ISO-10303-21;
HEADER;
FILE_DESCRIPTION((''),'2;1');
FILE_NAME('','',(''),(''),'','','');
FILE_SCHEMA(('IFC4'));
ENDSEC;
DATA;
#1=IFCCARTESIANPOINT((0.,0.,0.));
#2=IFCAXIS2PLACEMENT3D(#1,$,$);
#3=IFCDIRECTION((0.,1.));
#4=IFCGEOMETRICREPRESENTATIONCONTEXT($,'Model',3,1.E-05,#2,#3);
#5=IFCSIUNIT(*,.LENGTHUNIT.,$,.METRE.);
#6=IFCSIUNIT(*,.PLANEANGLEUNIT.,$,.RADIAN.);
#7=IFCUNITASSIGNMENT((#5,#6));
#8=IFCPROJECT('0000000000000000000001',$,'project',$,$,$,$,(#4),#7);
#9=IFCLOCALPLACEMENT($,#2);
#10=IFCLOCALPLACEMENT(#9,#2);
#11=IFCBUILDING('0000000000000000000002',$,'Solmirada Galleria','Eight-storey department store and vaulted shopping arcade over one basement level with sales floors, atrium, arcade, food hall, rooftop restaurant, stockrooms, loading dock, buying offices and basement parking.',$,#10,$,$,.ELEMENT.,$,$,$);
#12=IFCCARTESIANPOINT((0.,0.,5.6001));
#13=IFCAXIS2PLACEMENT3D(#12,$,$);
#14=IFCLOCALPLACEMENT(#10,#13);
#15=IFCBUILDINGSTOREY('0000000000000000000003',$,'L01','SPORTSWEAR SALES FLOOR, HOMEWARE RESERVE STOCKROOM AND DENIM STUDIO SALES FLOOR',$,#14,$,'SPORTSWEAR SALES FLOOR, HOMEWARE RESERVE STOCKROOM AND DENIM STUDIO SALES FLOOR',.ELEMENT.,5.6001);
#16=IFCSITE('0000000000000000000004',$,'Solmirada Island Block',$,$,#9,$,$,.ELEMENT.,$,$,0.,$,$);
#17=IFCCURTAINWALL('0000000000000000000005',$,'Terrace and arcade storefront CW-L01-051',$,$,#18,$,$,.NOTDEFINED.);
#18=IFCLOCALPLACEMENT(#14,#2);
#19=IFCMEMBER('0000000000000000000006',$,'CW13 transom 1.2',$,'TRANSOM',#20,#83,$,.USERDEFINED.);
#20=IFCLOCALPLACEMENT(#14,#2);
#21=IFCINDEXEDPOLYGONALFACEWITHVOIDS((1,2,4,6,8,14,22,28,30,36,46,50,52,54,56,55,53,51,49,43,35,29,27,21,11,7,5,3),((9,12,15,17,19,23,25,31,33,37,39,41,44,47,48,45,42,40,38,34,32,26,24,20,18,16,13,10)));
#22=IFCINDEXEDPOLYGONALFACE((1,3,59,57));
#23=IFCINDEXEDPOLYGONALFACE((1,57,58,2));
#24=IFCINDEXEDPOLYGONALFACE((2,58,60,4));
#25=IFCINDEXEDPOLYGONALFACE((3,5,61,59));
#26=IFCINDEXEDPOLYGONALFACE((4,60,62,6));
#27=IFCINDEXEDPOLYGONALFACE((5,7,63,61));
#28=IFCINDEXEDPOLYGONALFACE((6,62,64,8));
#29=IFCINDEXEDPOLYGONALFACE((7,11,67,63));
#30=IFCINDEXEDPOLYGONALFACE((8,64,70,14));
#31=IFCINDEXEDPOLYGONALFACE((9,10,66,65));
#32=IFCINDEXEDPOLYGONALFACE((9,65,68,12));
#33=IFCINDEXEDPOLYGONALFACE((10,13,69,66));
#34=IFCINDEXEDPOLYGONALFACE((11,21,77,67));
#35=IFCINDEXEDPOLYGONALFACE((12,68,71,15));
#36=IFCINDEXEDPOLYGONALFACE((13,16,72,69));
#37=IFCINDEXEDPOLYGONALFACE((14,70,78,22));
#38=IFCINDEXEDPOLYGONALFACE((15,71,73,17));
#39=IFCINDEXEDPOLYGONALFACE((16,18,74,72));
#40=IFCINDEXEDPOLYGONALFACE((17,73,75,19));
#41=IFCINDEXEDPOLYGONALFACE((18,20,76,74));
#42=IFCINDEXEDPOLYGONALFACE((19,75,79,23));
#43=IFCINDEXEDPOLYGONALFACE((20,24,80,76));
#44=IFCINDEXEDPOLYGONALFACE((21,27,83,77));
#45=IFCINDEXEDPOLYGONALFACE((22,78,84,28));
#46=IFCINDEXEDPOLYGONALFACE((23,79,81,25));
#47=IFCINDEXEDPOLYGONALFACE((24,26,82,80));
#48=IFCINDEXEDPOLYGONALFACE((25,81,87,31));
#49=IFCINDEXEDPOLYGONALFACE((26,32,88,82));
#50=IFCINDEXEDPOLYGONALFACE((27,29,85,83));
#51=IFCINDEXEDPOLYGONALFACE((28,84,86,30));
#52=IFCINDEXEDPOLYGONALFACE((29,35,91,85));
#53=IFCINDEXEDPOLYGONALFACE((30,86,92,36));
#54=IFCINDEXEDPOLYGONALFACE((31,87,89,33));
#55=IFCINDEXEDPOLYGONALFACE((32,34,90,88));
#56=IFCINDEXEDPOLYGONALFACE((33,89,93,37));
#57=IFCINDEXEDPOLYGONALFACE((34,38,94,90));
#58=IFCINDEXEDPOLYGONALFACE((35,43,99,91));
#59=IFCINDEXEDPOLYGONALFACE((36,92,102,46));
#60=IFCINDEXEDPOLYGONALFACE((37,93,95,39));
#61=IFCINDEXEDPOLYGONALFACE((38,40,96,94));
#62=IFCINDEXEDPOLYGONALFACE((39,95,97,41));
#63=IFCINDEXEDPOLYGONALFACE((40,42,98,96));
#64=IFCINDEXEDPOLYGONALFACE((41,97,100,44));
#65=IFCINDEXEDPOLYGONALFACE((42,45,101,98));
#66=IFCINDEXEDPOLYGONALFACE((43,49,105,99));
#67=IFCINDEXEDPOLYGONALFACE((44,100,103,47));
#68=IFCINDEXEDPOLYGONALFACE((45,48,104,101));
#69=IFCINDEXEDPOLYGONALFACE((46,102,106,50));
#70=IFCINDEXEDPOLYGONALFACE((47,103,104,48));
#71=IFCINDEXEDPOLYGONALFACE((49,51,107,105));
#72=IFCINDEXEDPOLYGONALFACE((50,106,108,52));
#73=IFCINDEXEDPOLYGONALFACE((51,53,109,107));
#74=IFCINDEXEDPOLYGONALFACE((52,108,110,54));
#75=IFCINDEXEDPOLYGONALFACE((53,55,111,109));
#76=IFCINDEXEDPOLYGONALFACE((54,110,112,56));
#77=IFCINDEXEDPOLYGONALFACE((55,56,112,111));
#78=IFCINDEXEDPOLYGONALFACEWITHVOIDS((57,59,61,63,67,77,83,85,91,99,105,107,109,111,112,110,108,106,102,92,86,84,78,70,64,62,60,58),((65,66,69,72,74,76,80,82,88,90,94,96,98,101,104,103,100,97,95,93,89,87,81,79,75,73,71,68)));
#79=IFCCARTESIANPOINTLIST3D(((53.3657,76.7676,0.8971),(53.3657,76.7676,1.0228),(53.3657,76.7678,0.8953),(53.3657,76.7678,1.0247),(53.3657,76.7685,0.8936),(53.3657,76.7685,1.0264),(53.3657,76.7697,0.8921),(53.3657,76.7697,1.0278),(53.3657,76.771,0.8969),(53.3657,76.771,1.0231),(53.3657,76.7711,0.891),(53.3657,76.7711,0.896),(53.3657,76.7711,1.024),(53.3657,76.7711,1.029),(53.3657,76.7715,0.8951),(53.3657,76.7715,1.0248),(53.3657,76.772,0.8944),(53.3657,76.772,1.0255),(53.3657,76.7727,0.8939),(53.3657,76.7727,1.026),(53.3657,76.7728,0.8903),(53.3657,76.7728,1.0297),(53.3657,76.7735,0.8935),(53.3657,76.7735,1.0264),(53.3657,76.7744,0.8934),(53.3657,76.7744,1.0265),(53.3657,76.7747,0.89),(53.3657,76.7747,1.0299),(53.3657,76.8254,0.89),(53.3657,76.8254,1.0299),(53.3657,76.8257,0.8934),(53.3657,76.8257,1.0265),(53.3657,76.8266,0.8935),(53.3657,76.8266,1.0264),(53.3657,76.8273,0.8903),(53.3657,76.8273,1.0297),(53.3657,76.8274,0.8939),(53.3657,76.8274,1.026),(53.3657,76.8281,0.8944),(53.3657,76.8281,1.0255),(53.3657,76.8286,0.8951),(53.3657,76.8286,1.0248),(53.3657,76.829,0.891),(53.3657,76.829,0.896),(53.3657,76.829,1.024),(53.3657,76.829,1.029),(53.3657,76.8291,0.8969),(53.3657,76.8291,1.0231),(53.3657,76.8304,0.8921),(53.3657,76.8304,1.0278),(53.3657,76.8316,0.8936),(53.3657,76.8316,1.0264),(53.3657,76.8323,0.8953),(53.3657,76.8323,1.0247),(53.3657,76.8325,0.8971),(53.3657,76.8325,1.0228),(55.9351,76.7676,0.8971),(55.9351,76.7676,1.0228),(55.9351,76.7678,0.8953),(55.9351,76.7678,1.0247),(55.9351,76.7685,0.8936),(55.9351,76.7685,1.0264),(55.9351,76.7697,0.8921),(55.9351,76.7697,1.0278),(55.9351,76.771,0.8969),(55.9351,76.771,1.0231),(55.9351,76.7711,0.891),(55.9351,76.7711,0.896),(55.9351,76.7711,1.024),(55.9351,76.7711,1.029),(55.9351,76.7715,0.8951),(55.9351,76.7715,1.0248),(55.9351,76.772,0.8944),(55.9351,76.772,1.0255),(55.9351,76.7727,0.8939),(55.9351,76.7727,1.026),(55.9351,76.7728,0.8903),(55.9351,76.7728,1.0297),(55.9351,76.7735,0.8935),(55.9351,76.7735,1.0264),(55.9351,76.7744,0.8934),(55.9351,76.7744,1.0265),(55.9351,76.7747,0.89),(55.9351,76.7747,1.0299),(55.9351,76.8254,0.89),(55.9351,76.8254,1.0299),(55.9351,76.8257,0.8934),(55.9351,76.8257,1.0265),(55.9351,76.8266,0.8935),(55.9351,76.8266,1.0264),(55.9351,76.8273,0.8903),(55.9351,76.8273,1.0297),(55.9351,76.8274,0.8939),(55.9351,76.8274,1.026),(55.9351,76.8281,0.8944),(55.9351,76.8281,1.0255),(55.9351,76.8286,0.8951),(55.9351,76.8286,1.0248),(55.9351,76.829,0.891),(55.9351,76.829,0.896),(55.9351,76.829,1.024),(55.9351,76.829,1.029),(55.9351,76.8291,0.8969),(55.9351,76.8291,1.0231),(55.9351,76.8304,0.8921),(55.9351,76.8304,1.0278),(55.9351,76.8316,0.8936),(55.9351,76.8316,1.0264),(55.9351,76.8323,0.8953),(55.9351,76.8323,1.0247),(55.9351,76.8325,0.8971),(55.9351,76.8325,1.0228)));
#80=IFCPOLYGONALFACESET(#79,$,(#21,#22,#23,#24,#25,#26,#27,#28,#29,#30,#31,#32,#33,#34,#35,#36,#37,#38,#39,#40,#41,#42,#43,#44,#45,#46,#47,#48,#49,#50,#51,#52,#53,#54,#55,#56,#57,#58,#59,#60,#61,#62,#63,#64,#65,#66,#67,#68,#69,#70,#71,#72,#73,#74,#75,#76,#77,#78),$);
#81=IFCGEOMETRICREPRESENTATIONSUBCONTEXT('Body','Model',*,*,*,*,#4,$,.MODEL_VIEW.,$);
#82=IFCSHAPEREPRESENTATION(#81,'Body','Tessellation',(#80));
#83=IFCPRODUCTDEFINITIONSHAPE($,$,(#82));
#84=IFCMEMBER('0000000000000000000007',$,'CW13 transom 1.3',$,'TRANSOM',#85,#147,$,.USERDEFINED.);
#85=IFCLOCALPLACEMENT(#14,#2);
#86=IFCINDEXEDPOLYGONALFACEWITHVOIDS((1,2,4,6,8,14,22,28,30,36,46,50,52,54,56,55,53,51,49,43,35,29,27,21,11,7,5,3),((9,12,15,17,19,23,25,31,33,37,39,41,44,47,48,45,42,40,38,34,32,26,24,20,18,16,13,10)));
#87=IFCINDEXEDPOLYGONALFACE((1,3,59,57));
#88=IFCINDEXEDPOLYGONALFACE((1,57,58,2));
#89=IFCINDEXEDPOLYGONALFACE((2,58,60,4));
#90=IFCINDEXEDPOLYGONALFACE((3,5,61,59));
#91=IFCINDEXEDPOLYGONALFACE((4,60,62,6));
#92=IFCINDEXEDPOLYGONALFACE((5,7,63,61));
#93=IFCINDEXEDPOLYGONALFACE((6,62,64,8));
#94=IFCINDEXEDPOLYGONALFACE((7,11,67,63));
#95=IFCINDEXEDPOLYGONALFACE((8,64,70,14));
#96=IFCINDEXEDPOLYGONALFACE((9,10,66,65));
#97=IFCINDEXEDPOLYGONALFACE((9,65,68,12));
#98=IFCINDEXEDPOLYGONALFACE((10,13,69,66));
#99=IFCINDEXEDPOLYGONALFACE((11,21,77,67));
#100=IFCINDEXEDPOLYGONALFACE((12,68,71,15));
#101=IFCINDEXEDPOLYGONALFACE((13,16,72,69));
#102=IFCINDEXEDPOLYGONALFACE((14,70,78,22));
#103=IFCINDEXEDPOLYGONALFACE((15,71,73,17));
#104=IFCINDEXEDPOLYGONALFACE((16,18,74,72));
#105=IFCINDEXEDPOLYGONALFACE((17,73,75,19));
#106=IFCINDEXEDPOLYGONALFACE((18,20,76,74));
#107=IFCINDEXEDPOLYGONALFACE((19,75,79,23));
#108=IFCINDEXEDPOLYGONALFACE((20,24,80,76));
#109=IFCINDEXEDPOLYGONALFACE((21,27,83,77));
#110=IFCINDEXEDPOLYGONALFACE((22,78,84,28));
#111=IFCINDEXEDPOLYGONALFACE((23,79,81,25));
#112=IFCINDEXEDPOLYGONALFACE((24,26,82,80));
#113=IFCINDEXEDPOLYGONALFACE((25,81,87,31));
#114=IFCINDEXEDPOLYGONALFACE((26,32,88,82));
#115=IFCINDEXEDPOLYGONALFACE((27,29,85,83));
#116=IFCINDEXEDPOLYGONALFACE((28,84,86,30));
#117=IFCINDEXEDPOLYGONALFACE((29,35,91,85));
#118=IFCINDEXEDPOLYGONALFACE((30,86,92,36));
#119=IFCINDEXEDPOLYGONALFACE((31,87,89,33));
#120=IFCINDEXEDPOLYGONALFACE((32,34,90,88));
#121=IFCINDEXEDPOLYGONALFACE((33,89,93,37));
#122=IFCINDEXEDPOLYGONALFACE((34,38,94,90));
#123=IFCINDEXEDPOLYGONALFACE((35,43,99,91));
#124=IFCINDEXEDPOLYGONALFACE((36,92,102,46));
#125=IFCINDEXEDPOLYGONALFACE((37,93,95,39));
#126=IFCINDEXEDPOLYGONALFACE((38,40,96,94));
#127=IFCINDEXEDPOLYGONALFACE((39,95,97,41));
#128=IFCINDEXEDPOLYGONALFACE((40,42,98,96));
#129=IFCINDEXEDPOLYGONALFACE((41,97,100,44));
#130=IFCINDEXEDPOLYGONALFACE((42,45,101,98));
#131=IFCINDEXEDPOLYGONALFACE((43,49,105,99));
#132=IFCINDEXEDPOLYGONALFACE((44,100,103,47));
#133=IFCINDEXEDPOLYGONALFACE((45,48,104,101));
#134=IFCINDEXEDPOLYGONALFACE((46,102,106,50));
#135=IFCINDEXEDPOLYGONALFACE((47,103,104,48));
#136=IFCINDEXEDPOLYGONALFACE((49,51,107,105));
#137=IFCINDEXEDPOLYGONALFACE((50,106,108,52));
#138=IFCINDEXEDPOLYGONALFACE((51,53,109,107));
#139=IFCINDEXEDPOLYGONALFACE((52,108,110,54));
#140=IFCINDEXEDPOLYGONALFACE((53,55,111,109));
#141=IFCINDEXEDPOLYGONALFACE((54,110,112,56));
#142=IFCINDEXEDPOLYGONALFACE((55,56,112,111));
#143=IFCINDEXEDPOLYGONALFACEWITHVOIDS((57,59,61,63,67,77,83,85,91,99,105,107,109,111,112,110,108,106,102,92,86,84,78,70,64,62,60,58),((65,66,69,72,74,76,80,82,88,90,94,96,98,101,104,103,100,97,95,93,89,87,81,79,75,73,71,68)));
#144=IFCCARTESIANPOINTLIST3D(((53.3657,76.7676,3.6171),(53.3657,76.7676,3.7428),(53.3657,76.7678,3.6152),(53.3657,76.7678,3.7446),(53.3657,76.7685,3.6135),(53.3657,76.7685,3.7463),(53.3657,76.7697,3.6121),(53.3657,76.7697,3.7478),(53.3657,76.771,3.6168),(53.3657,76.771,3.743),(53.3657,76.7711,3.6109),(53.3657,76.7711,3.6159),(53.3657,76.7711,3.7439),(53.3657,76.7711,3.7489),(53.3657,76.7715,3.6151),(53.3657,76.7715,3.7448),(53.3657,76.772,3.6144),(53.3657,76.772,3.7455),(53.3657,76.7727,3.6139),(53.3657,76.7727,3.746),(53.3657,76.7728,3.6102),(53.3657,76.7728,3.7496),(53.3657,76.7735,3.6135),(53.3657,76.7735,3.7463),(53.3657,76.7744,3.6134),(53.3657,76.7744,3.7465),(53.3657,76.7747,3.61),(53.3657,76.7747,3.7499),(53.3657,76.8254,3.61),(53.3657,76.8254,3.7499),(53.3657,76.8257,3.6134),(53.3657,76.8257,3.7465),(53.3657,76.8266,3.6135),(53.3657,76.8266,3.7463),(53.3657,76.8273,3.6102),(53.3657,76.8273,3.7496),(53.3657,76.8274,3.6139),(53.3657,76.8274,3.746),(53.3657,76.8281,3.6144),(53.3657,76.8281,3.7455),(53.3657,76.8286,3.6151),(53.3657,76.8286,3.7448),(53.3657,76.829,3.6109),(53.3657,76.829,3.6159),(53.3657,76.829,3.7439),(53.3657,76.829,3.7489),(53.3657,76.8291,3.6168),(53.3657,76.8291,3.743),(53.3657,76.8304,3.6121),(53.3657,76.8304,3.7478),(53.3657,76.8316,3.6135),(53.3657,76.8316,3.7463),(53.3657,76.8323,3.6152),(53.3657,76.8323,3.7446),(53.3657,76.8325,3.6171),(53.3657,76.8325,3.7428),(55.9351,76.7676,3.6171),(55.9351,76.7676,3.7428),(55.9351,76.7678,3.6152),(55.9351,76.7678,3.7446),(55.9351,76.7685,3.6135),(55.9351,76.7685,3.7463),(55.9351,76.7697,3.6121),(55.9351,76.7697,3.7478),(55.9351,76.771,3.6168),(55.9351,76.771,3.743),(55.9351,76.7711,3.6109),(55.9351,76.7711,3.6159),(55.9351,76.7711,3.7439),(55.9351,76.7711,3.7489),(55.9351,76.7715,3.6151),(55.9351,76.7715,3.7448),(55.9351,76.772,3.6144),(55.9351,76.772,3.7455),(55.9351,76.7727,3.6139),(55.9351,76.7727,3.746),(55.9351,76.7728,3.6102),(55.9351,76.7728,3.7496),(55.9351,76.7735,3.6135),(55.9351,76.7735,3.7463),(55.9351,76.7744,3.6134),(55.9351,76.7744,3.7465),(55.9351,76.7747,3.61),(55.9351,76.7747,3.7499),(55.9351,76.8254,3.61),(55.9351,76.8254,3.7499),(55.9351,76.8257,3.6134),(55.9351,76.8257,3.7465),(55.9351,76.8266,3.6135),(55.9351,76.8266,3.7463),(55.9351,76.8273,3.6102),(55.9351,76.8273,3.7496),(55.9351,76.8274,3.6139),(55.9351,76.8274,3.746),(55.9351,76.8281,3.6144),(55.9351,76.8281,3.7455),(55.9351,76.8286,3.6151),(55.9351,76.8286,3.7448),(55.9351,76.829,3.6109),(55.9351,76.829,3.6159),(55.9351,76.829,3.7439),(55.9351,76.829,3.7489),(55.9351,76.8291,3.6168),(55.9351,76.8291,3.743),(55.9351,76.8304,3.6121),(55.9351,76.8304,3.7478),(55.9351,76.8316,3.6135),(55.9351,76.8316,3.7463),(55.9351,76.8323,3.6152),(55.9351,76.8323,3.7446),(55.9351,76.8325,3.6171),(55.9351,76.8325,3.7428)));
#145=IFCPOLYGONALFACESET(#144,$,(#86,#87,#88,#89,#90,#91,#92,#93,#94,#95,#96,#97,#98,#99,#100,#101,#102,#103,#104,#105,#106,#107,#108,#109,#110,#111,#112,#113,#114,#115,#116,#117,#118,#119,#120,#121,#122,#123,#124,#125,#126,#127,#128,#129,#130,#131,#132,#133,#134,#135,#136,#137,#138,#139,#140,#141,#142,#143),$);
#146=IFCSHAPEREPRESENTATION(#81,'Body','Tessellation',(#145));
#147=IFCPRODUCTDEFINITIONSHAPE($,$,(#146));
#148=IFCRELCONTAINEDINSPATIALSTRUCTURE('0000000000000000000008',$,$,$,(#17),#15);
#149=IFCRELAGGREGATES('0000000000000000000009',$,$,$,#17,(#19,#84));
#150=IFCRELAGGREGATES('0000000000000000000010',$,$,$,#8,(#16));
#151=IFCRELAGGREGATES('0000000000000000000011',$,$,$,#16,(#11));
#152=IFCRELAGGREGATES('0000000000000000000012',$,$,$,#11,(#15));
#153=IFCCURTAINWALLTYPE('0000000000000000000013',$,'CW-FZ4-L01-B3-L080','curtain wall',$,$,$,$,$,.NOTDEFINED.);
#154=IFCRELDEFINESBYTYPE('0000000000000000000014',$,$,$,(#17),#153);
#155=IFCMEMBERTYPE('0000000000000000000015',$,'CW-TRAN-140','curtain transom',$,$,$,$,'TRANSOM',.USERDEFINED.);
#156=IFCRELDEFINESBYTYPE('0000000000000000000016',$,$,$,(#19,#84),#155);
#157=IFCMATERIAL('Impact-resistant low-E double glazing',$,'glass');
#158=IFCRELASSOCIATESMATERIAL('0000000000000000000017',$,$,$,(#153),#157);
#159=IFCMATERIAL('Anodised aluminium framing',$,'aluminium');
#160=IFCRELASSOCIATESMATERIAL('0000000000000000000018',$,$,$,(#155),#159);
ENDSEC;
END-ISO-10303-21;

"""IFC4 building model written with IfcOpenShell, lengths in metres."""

from ifc_helpers import new_model, si_unit, direction, frame, origin, origin_2d, place, context, subcontext, project, spatial, hollow_rectangle, extrude, material, material_profile, profile_set, type_object, element, aggregate, save


model = new_model("IFC4")

# Units and contexts
model_context = context("Model", 3, precision=1e-05, world=origin(), true_north=direction((0.0, 1.0)))
body_context = subcontext(model_context, "Body", "Model", "MODEL_VIEW")
ifc_project = project(units=[si_unit("LENGTHUNIT", "METRE"), si_unit("PLANEANGLEUNIT", "RADIAN")], contexts=[model_context])

# Site, building, storey
site_placement = place(None, origin())
site = spatial("IfcSite", under=ifc_project, at=site_placement, Name="Solmirada Island Block", CompositionType="ELEMENT", RefElevation=0.0)
building_placement = place(site_placement, origin())
building = spatial("IfcBuilding", under=site, at=building_placement, Name="Solmirada Galleria", Description="Eight-storey department store and vaulted shopping arcade over one basement level with sales floors, atrium, arcade, food hall, rooftop restaurant, stockrooms, loading dock, buying offices and basement parking.", CompositionType="ELEMENT")
storey_placement = place(building_placement, frame((0.0, 0.0, 5.6001)))
storey = spatial("IfcBuildingStorey", under=building, at=storey_placement, Name="L01", Description="SPORTSWEAR SALES FLOOR, HOMEWARE RESERVE STOCKROOM AND DENIM STUDIO SALES FLOOR", LongName="SPORTSWEAR SALES FLOOR, HOMEWARE RESERVE STOCKROOM AND DENIM STUDIO SALES FLOOR", CompositionType="ELEMENT", Elevation=5.6001)

# Curtain wall
ifc_material_1 = material(Name="Impact-resistant low-E double glazing", Category="glass")
curtain_wall_type = type_object("IfcCurtainWallType", Name="CW-FZ4-L01-B3-L080", Description="curtain wall", PredefinedType="NOTDEFINED", material=ifc_material_1)
curtain_wall_1_placement = place(storey_placement, origin())
curtain_wall_1 = element("IfcCurtainWall", 1, at=curtain_wall_1_placement, inside=storey, type_object=curtain_wall_type, Name="Terrace and arcade storefront CW-L01-051", PredefinedType="NOTDEFINED")
ifc_material_2 = material(Name="Anodised aluminium framing", Category="aluminium")

# Members
ifc_material_profile_1 = material_profile(ifc_material_2, hollow_rectangle(XDim=0.0649, YDim=0.1399, WallThickness=0.0034, InnerFilletRadius=0.0034, OuterFilletRadius=0.0071, at=origin_2d()), Name="ALU-TRAN-140X65")
ifc_profile_set_1 = profile_set([ifc_material_profile_1], Name="Anodised aluminium framing")
member_type_1 = type_object("IfcMemberType", Name="CW-TRAN-140", Description="curtain transom", ElementType="TRANSOM", PredefinedType="USERDEFINED", material=ifc_profile_set_1)
member_1_placement = place(storey_placement, frame((55.9351, 76.8, 0.96), z_axis=(-1.0, 0.0, 0.0), x_axis=(0.0, -1.0, 0.0)))
member_1 = element("IfcMember", 2, at=member_1_placement, type_object=member_type_1, Name="CW13 transom 1.2", ObjectType="TRANSOM", PredefinedType="USERDEFINED", context=body_context, shape_type="SweptSolid", body=[
    extrude(hollow_rectangle(XDim=0.0649, YDim=0.1399, WallThickness=0.0034, InnerFilletRadius=0.0034, OuterFilletRadius=0.0071, at=origin_2d()), origin(), (0.0, 0.0, 1.0), 2.5693),
])
member_2_placement = place(storey_placement, frame((55.9351, 76.8, 3.6799), z_axis=(-1.0, 0.0, 0.0), x_axis=(0.0, -1.0, 0.0)))
member_2 = element("IfcMember", 3, at=member_2_placement, type_object=member_type_1, Name="CW13 transom 1.3", ObjectType="TRANSOM", PredefinedType="USERDEFINED", context=body_context, shape_type="SweptSolid", body=[
    extrude(hollow_rectangle(XDim=0.0649, YDim=0.1399, WallThickness=0.0034, InnerFilletRadius=0.0034, OuterFilletRadius=0.0071, at=origin_2d()), origin(), (0.0, 0.0, 1.0), 2.5693),
])

aggregate(curtain_wall_1, [member_1, member_2])

save(model, "model.ifc")
